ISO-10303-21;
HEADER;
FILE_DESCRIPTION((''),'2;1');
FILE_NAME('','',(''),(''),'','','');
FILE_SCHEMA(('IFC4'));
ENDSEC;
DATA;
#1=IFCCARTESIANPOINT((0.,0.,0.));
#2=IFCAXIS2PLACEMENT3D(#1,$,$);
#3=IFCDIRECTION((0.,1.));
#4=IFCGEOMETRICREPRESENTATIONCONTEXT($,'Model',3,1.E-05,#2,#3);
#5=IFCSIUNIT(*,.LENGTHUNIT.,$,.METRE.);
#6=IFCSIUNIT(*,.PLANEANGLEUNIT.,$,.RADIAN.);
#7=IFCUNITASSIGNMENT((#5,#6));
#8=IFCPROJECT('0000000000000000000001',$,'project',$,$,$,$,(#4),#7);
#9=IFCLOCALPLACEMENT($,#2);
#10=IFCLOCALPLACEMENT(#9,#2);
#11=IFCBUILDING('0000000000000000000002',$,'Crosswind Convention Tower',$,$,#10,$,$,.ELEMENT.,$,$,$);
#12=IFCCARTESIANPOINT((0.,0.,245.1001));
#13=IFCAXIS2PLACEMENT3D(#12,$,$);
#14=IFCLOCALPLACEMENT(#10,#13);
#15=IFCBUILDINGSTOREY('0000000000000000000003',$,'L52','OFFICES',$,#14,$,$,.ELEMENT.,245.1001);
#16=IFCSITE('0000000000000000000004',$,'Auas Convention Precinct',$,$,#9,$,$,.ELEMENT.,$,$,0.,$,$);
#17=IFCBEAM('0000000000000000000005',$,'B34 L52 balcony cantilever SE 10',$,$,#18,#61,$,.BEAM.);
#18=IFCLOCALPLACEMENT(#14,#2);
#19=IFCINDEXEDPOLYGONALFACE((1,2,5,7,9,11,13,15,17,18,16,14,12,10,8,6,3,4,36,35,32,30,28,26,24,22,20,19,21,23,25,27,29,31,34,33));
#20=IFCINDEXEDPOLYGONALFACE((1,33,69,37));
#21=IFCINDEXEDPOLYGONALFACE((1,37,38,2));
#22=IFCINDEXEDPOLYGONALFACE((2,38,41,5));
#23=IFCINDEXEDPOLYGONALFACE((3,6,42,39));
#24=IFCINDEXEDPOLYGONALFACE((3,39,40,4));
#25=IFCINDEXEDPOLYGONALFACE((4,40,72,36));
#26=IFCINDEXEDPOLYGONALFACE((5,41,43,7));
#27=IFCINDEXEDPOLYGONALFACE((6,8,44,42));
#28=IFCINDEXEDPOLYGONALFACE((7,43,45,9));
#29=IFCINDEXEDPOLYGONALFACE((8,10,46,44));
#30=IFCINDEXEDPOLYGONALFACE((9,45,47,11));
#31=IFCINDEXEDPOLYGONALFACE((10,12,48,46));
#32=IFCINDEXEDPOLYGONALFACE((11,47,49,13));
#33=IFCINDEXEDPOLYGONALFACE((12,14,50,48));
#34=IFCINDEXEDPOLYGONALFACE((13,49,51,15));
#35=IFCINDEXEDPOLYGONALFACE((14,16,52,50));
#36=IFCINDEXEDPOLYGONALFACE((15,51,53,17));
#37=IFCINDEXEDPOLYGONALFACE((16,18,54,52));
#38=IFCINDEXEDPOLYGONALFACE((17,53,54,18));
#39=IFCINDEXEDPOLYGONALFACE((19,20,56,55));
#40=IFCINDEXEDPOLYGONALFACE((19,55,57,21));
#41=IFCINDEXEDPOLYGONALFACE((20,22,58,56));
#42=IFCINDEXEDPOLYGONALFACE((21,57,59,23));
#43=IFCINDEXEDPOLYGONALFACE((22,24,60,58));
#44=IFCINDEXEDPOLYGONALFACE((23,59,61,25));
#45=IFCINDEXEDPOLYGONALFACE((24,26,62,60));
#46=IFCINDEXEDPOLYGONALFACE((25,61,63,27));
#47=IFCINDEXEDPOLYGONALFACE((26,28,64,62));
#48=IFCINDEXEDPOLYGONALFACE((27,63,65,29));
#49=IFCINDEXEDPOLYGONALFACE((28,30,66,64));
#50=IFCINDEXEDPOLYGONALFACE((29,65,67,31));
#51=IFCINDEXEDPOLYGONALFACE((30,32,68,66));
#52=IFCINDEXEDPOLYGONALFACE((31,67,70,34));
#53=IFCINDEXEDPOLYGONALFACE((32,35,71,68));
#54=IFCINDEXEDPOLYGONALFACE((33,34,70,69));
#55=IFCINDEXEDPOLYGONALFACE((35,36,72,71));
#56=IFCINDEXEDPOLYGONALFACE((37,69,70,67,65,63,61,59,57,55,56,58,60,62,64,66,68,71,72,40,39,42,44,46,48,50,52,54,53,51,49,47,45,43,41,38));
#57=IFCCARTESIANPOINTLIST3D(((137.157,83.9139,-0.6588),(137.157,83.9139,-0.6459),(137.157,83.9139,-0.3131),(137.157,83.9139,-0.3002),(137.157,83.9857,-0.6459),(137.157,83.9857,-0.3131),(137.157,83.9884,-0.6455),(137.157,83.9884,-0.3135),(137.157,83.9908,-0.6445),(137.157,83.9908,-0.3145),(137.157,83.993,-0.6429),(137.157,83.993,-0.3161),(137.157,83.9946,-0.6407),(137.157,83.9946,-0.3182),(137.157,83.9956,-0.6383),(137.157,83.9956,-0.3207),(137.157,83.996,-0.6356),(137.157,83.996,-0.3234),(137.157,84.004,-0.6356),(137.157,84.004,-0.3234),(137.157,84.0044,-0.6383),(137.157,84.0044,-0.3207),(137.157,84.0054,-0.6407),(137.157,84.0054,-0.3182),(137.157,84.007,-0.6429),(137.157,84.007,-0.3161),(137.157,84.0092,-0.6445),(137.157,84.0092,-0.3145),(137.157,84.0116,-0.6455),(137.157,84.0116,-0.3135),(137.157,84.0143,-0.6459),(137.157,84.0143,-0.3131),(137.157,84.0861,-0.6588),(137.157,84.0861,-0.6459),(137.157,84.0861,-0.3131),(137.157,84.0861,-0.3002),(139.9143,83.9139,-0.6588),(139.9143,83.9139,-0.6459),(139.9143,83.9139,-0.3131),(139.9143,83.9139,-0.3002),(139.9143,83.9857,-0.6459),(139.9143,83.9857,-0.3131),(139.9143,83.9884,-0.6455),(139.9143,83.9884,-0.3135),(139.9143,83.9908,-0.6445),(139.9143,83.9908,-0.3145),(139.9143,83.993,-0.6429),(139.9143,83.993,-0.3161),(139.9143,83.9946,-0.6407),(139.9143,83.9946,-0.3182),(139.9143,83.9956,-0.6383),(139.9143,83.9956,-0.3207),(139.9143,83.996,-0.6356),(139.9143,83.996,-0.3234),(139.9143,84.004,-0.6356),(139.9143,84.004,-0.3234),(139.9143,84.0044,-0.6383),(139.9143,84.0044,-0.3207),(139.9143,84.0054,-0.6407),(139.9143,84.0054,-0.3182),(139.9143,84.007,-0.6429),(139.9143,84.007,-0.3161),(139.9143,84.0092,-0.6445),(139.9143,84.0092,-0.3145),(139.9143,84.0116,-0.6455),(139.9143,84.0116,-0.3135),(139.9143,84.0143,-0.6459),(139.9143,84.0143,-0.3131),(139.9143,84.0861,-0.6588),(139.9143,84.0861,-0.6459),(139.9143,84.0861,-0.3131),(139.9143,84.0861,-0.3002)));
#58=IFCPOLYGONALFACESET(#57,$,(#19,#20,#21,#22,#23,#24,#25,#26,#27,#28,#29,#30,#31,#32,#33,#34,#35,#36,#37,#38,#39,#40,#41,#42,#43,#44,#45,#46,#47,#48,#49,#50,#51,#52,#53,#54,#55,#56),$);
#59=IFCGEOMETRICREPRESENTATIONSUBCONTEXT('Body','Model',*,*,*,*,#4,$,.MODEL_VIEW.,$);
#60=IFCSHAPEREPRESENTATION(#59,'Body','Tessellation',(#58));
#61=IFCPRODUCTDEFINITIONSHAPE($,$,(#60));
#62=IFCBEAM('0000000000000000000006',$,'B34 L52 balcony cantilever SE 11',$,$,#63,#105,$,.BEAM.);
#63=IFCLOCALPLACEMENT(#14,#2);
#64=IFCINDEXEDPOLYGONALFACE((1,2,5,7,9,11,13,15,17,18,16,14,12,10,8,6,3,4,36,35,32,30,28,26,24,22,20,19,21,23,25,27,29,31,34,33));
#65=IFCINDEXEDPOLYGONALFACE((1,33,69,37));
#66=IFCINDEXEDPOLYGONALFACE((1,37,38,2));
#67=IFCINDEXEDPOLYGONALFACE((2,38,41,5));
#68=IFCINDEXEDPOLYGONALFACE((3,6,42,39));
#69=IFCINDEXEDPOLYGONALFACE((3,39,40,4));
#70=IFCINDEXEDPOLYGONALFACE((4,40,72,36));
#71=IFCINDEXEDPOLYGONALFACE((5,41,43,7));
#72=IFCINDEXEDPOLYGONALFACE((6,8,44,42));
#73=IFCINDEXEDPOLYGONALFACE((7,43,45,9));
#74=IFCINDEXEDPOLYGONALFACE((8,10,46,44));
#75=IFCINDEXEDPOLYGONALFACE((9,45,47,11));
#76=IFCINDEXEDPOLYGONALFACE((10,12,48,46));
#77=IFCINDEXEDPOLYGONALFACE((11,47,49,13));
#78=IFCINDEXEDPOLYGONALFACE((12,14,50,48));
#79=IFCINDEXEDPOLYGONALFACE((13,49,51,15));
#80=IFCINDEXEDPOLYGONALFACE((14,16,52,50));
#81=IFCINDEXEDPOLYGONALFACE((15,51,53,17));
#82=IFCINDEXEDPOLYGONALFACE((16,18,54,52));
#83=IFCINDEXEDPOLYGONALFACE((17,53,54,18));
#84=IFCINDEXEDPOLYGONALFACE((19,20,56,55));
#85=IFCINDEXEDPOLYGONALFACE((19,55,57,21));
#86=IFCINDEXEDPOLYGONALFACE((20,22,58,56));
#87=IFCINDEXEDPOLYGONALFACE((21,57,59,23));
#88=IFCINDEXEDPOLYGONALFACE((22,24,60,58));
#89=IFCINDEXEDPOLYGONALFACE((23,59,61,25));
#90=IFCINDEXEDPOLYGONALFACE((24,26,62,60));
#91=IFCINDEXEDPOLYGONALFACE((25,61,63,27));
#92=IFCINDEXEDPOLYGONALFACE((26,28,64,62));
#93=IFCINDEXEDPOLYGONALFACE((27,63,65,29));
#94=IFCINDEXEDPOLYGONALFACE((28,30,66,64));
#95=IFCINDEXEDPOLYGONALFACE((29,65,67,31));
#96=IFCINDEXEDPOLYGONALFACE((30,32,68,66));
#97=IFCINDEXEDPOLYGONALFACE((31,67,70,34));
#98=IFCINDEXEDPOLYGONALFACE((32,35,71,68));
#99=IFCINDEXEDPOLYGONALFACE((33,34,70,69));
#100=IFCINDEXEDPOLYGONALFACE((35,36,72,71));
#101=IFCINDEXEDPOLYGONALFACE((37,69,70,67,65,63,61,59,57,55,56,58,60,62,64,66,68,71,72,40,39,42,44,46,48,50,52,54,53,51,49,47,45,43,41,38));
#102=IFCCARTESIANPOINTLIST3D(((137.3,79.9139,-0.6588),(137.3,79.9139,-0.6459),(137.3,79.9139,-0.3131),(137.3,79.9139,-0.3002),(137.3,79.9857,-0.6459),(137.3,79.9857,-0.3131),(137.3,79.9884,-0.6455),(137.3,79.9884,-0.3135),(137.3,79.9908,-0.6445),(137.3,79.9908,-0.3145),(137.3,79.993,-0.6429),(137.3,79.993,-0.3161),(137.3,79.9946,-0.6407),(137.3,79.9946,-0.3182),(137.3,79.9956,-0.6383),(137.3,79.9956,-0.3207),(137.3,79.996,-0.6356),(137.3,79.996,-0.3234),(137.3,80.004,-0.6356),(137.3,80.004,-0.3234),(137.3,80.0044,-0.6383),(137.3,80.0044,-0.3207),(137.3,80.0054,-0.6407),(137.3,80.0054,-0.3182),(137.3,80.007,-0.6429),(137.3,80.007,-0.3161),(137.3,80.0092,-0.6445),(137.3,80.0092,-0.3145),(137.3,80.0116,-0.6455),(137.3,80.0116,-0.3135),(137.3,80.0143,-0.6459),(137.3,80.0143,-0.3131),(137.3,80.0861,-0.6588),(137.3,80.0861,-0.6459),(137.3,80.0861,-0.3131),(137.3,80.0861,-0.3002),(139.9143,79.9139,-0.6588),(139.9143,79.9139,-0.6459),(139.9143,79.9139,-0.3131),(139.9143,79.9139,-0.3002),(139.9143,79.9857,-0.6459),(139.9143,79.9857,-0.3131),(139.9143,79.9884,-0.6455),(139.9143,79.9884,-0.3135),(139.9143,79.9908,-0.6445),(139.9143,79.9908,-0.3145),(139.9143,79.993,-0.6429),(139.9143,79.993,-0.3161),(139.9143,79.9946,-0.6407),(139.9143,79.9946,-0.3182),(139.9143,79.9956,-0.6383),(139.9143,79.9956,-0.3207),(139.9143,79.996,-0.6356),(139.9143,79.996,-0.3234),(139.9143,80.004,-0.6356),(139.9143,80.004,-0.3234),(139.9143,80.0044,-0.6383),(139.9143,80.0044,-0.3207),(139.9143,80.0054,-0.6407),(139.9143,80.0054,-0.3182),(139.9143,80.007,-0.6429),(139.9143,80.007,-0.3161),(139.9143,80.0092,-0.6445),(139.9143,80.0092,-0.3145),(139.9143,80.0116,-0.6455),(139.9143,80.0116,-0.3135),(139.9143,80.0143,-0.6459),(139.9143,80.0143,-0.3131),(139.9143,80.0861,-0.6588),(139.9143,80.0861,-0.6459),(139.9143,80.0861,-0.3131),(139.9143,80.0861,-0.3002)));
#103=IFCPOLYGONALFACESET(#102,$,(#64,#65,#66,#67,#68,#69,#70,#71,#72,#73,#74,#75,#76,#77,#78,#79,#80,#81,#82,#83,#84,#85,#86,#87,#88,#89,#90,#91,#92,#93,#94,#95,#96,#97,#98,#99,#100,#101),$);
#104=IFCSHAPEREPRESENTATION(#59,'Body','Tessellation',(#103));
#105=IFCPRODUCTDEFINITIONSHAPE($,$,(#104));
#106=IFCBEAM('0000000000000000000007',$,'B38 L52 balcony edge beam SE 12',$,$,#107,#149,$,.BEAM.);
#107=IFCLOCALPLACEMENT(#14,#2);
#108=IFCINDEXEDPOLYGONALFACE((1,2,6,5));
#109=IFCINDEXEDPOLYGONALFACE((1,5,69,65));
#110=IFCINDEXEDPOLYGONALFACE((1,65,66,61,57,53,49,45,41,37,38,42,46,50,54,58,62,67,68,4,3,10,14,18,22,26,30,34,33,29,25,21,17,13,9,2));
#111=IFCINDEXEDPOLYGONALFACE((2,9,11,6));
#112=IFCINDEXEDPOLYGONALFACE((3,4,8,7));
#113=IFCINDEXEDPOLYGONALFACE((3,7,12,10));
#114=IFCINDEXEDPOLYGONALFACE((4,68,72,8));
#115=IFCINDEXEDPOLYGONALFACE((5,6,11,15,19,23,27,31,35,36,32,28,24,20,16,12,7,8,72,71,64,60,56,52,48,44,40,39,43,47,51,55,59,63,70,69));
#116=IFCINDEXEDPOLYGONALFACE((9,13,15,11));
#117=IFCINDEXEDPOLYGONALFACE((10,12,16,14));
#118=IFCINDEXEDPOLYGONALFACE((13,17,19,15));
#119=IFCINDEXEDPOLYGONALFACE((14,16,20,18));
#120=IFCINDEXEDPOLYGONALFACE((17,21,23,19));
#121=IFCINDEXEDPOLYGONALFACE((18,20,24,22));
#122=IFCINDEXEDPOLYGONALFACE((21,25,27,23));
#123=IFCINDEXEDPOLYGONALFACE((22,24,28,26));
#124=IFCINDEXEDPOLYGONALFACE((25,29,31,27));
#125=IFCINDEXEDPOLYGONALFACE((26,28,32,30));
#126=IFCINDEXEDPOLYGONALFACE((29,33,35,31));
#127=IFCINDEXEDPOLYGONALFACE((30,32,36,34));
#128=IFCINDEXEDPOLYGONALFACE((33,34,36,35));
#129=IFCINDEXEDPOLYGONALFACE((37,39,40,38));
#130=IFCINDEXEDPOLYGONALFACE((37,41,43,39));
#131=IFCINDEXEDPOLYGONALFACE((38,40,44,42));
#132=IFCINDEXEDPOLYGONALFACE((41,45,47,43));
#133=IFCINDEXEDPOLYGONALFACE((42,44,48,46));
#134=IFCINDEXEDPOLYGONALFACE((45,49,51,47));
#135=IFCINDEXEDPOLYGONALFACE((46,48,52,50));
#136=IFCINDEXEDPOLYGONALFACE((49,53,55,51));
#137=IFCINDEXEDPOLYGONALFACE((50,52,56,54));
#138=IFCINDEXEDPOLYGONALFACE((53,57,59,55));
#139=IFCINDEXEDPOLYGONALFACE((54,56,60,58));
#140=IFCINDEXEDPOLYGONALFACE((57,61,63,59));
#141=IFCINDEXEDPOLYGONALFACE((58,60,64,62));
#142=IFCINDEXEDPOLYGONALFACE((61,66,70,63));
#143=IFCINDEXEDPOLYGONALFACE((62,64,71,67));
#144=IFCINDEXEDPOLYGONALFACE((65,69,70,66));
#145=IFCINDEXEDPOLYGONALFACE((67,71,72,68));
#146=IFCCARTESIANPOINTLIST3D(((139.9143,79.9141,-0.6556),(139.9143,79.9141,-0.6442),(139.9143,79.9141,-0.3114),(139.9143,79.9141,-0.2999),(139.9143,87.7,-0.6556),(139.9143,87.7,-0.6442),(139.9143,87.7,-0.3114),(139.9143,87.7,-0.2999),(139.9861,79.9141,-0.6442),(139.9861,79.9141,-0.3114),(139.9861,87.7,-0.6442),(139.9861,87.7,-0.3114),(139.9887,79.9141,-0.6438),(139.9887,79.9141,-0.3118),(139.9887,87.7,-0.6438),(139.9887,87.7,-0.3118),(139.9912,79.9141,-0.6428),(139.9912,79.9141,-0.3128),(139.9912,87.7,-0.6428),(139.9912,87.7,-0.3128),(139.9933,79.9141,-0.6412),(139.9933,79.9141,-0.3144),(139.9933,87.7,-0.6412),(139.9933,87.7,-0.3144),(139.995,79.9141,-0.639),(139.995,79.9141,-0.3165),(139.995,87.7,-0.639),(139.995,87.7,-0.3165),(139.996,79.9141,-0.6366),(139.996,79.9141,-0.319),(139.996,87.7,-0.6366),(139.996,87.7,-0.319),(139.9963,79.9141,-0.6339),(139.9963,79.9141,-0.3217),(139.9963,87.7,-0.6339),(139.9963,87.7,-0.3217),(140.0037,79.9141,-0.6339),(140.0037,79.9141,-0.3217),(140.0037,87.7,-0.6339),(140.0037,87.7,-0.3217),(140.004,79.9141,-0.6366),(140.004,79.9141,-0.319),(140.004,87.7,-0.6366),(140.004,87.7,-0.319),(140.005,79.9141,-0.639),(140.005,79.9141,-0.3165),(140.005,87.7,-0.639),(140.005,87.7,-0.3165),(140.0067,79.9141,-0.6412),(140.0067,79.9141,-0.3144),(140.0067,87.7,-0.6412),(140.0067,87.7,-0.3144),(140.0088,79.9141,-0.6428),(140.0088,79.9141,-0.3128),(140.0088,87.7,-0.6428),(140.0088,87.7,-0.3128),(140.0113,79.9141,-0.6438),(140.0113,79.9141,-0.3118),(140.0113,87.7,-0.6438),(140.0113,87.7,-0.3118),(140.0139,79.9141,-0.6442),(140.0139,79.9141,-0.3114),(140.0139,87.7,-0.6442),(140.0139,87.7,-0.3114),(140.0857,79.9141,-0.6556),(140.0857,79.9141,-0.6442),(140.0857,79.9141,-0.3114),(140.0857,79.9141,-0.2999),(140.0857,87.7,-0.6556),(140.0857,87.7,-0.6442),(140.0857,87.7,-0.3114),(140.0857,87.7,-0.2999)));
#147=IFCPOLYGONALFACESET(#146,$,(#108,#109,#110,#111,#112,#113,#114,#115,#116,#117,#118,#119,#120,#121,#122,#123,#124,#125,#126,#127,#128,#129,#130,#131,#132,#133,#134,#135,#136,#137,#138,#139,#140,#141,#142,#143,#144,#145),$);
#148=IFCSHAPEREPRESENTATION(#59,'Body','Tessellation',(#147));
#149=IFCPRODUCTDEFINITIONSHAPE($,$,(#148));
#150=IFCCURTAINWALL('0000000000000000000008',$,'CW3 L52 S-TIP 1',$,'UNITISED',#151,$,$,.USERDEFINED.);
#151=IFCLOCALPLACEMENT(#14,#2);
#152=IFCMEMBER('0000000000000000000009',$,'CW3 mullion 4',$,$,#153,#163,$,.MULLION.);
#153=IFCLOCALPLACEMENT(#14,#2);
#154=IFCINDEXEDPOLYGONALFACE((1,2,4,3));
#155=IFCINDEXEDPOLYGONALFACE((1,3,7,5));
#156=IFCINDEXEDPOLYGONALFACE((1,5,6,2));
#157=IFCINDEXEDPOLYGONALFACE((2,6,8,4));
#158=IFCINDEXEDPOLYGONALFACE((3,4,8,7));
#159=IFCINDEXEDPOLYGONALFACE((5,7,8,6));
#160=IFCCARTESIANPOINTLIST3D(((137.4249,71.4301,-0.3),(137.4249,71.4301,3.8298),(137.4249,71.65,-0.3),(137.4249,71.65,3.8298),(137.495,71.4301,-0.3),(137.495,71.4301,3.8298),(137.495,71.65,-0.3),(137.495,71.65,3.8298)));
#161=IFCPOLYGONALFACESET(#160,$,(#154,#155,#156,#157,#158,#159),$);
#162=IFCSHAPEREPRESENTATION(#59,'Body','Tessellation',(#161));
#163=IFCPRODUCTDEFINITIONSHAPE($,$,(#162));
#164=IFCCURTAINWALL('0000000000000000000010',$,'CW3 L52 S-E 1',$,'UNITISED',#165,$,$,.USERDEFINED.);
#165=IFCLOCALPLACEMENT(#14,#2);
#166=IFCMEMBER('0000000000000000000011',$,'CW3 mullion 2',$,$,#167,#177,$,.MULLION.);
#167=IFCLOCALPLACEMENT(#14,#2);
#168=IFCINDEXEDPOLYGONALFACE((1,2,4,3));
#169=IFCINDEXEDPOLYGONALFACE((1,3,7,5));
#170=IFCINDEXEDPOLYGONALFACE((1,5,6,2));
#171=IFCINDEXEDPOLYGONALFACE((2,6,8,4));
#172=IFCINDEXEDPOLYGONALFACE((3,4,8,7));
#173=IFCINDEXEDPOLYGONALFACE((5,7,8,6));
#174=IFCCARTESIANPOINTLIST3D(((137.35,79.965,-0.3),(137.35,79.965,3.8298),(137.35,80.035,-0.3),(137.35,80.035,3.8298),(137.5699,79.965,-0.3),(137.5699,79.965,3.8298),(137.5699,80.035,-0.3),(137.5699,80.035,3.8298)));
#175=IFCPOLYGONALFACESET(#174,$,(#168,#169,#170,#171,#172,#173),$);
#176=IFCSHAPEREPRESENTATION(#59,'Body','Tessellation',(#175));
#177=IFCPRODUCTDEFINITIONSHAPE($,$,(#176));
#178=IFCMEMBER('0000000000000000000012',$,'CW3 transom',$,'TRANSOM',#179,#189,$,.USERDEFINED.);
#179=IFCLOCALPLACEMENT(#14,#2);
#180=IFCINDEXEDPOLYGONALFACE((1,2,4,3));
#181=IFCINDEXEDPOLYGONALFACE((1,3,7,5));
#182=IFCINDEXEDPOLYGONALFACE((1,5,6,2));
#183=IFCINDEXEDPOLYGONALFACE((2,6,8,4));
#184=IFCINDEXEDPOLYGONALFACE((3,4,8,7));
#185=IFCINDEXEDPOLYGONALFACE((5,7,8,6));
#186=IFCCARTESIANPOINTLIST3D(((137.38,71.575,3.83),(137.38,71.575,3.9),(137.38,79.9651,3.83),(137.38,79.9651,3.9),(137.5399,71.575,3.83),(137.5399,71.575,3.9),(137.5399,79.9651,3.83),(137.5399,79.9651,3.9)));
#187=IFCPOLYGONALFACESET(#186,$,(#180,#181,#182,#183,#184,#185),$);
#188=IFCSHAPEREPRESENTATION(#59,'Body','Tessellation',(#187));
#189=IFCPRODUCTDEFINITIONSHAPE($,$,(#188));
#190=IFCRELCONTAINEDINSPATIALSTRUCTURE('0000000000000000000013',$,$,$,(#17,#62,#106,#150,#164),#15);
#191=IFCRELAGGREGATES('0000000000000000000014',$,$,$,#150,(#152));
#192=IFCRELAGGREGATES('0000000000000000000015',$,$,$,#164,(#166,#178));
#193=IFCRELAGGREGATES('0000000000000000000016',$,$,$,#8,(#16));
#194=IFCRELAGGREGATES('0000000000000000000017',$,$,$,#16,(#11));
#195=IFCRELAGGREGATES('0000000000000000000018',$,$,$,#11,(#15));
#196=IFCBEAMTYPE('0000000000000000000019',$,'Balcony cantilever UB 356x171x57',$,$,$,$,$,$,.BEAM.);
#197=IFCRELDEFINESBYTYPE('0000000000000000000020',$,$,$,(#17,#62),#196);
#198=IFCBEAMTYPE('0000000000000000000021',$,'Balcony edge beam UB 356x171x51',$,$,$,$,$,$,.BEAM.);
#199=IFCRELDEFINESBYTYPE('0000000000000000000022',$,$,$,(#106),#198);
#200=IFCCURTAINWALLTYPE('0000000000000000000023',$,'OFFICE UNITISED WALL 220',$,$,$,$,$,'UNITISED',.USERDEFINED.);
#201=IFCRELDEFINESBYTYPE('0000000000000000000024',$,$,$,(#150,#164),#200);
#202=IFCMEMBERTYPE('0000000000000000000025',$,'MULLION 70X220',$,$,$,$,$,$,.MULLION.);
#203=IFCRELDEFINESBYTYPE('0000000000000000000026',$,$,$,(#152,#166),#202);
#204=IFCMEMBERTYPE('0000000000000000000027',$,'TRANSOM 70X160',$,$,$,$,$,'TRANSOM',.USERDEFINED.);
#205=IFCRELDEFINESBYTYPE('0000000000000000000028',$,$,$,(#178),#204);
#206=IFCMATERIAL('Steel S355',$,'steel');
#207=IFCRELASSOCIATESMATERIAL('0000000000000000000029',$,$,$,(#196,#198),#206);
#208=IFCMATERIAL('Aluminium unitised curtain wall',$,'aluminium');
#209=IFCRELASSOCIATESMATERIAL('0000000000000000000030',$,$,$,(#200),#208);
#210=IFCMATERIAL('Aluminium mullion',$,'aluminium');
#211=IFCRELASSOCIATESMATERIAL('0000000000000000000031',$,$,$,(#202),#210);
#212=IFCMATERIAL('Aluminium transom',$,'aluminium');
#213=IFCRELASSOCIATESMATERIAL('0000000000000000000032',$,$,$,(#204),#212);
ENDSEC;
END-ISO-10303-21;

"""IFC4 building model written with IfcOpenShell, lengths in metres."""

from ifc_helpers import new_model, si_unit, direction, frame, origin, origin_2d, place, context, subcontext, project, spatial, rectangle, i_section, extrude, material, material_profile, profile_set, type_object, element, aggregate, save


model = new_model("IFC4")

# Units and contexts
model_context = context("Model", 3, precision=1e-05, world=origin(), true_north=direction((0.0, 1.0)))
body_context = subcontext(model_context, "Body", "Model", "MODEL_VIEW")
ifc_project = project(units=[si_unit("LENGTHUNIT", "METRE"), si_unit("PLANEANGLEUNIT", "RADIAN")], contexts=[model_context])

# Site, building, storey
site_placement = place(None, origin())
site = spatial("IfcSite", under=ifc_project, at=site_placement, Name="Auas Convention Precinct", CompositionType="ELEMENT", RefElevation=0.0)
building_placement = place(site_placement, origin())
building = spatial("IfcBuilding", under=site, at=building_placement, Name="Crosswind Convention Tower", CompositionType="ELEMENT")
storey_placement = place(building_placement, frame((0.0, 0.0, 245.1001)))
storey = spatial("IfcBuildingStorey", under=building, at=storey_placement, Name="L52", Description="OFFICES", CompositionType="ELEMENT", Elevation=245.1001)

# Beams
ifc_material_1 = material(Name="Steel S355", Category="steel")
ifc_material_profile_1 = material_profile(ifc_material_1, i_section(OverallWidth=0.1721, OverallDepth=0.3586, WebThickness=0.0081, FlangeThickness=0.0129, FilletRadius=0.0103, at=origin_2d()), Name="UB 356x171x57")
ifc_profile_set_1 = profile_set([ifc_material_profile_1], Name="Steel S355")
beam_type_1 = type_object("IfcBeamType", Name="Balcony cantilever UB 356x171x57", PredefinedType="BEAM", material=ifc_profile_set_1)
beam_1_placement = place(storey_placement, frame((137.157, 84.0, -0.4795), z_axis=(1.0, 0.0, 0.0), x_axis=(0.0, 1.0, 0.0)))
element("IfcBeam", 1, at=beam_1_placement, inside=storey, type_object=beam_type_1, Name="B34 L52 balcony cantilever SE 10", PredefinedType="BEAM", context=body_context, shape_type="SweptSolid", body=[
    extrude(i_section(OverallWidth=0.1721, OverallDepth=0.3586, WebThickness=0.0081, FlangeThickness=0.0129, FilletRadius=0.0103, at=origin_2d()), origin(), (0.0, 0.0, 1.0), 2.7573),
])
beam_2_placement = place(storey_placement, frame((137.3, 80.0, -0.4795), z_axis=(1.0, 0.0, 0.0), x_axis=(0.0, 1.0, 0.0)))
element("IfcBeam", 2, at=beam_2_placement, inside=storey, type_object=beam_type_1, Name="B34 L52 balcony cantilever SE 11", PredefinedType="BEAM", context=body_context, shape_type="SweptSolid", body=[
    extrude(i_section(OverallWidth=0.1721, OverallDepth=0.3586, WebThickness=0.0081, FlangeThickness=0.0129, FilletRadius=0.0103, at=origin_2d()), origin(), (0.0, 0.0, 1.0), 2.6143),
])
ifc_material_profile_2 = material_profile(ifc_material_1, i_section(OverallWidth=0.1714, OverallDepth=0.3557, WebThickness=0.0073, FlangeThickness=0.0115, FilletRadius=0.0103, at=origin_2d()), Name="UB 356x171x51")
ifc_profile_set_2 = profile_set([ifc_material_profile_2], Name="Steel S355")
beam_type_2 = type_object("IfcBeamType", Name="Balcony edge beam UB 356x171x51", PredefinedType="BEAM", material=ifc_profile_set_2)
beam_3_placement = place(storey_placement, frame((140.0, 87.7, -0.4778), z_axis=(0.0, -1.0, 0.0), x_axis=(1.0, 0.0, 0.0)))
element("IfcBeam", 3, at=beam_3_placement, inside=storey, type_object=beam_type_2, Name="B38 L52 balcony edge beam SE 12", PredefinedType="BEAM", context=body_context, shape_type="SweptSolid", body=[
    extrude(i_section(OverallWidth=0.1714, OverallDepth=0.3557, WebThickness=0.0073, FlangeThickness=0.0115, FilletRadius=0.0103, at=origin_2d()), origin(), (0.0, 0.0, 1.0), 7.7859),
])

# Curtain wall, member
ifc_material_2 = material(Name="Aluminium unitised curtain wall", Category="aluminium")
curtain_wall_type = type_object("IfcCurtainWallType", Name="OFFICE UNITISED WALL 220", ElementType="UNITISED", PredefinedType="USERDEFINED", material=ifc_material_2)
curtain_wall_1_placement = place(storey_placement, origin())
curtain_wall_1 = element("IfcCurtainWall", 4, at=curtain_wall_1_placement, inside=storey, type_object=curtain_wall_type, Name="CW3 L52 S-TIP 1", ObjectType="UNITISED", PredefinedType="USERDEFINED")
ifc_material_3 = material(Name="Aluminium mullion", Category="aluminium")
ifc_material_profile_3 = material_profile(ifc_material_3, rectangle(XDim=0.22, YDim=0.0701, at=origin_2d()), Name="AL 220X70")
ifc_profile_set_3 = profile_set([ifc_material_profile_3], Name="Aluminium mullion")
member_type_1 = type_object("IfcMemberType", Name="MULLION 70X220", PredefinedType="MULLION", material=ifc_profile_set_3)
member_1_placement = place(storey_placement, frame((137.46, 71.54, -0.3), z_axis=(0.0, 0.0, 1.0), x_axis=(0.0, -1.0, 0.0)))
member_1 = element("IfcMember", 5, at=member_1_placement, type_object=member_type_1, Name="CW3 mullion 4", PredefinedType="MULLION", context=body_context, shape_type="SweptSolid", body=[
    extrude(rectangle(XDim=0.22, YDim=0.0701, at=origin_2d()), origin(), (0.0, 0.0, 1.0), 4.1299),
])

# Curtain wall, members
curtain_wall_2_placement = place(storey_placement, origin())
curtain_wall_2 = element("IfcCurtainWall", 6, at=curtain_wall_2_placement, inside=storey, type_object=curtain_wall_type, Name="CW3 L52 S-E 1", ObjectType="UNITISED", PredefinedType="USERDEFINED")
member_2_placement = place(storey_placement, frame((137.46, 80.0, -0.3), z_axis=(0.0, 0.0, 1.0), x_axis=(1.0, 0.0, 0.0)))
member_2 = element("IfcMember", 7, at=member_2_placement, type_object=member_type_1, Name="CW3 mullion 2", PredefinedType="MULLION", context=body_context, shape_type="SweptSolid", body=[
    extrude(rectangle(XDim=0.22, YDim=0.0701, at=origin_2d()), origin(), (0.0, 0.0, 1.0), 4.1299),
])
ifc_material_4 = material(Name="Aluminium transom", Category="aluminium")
ifc_material_profile_4 = material_profile(ifc_material_4, rectangle(XDim=0.1599, YDim=0.0701, at=origin_2d()), Name="AL 160X70")
ifc_profile_set_4 = profile_set([ifc_material_profile_4], Name="Aluminium transom")
member_type_2 = type_object("IfcMemberType", Name="TRANSOM 70X160", ElementType="TRANSOM", PredefinedType="USERDEFINED", material=ifc_profile_set_4)
member_3_placement = place(storey_placement, frame((137.46, 71.575, 3.865), z_axis=(0.0, 1.0, 0.0), x_axis=(-1.0, 0.0, 0.0)))
member_3 = element("IfcMember", 8, at=member_3_placement, type_object=member_type_2, Name="CW3 transom", ObjectType="TRANSOM", PredefinedType="USERDEFINED", context=body_context, shape_type="SweptSolid", body=[
    extrude(rectangle(XDim=0.1599, YDim=0.0701, at=origin_2d()), origin(), (0.0, 0.0, 1.0), 8.3901),
])

aggregate(curtain_wall_1, [member_1])

aggregate(curtain_wall_2, [member_2, member_3])

save(model, "model.ifc")
